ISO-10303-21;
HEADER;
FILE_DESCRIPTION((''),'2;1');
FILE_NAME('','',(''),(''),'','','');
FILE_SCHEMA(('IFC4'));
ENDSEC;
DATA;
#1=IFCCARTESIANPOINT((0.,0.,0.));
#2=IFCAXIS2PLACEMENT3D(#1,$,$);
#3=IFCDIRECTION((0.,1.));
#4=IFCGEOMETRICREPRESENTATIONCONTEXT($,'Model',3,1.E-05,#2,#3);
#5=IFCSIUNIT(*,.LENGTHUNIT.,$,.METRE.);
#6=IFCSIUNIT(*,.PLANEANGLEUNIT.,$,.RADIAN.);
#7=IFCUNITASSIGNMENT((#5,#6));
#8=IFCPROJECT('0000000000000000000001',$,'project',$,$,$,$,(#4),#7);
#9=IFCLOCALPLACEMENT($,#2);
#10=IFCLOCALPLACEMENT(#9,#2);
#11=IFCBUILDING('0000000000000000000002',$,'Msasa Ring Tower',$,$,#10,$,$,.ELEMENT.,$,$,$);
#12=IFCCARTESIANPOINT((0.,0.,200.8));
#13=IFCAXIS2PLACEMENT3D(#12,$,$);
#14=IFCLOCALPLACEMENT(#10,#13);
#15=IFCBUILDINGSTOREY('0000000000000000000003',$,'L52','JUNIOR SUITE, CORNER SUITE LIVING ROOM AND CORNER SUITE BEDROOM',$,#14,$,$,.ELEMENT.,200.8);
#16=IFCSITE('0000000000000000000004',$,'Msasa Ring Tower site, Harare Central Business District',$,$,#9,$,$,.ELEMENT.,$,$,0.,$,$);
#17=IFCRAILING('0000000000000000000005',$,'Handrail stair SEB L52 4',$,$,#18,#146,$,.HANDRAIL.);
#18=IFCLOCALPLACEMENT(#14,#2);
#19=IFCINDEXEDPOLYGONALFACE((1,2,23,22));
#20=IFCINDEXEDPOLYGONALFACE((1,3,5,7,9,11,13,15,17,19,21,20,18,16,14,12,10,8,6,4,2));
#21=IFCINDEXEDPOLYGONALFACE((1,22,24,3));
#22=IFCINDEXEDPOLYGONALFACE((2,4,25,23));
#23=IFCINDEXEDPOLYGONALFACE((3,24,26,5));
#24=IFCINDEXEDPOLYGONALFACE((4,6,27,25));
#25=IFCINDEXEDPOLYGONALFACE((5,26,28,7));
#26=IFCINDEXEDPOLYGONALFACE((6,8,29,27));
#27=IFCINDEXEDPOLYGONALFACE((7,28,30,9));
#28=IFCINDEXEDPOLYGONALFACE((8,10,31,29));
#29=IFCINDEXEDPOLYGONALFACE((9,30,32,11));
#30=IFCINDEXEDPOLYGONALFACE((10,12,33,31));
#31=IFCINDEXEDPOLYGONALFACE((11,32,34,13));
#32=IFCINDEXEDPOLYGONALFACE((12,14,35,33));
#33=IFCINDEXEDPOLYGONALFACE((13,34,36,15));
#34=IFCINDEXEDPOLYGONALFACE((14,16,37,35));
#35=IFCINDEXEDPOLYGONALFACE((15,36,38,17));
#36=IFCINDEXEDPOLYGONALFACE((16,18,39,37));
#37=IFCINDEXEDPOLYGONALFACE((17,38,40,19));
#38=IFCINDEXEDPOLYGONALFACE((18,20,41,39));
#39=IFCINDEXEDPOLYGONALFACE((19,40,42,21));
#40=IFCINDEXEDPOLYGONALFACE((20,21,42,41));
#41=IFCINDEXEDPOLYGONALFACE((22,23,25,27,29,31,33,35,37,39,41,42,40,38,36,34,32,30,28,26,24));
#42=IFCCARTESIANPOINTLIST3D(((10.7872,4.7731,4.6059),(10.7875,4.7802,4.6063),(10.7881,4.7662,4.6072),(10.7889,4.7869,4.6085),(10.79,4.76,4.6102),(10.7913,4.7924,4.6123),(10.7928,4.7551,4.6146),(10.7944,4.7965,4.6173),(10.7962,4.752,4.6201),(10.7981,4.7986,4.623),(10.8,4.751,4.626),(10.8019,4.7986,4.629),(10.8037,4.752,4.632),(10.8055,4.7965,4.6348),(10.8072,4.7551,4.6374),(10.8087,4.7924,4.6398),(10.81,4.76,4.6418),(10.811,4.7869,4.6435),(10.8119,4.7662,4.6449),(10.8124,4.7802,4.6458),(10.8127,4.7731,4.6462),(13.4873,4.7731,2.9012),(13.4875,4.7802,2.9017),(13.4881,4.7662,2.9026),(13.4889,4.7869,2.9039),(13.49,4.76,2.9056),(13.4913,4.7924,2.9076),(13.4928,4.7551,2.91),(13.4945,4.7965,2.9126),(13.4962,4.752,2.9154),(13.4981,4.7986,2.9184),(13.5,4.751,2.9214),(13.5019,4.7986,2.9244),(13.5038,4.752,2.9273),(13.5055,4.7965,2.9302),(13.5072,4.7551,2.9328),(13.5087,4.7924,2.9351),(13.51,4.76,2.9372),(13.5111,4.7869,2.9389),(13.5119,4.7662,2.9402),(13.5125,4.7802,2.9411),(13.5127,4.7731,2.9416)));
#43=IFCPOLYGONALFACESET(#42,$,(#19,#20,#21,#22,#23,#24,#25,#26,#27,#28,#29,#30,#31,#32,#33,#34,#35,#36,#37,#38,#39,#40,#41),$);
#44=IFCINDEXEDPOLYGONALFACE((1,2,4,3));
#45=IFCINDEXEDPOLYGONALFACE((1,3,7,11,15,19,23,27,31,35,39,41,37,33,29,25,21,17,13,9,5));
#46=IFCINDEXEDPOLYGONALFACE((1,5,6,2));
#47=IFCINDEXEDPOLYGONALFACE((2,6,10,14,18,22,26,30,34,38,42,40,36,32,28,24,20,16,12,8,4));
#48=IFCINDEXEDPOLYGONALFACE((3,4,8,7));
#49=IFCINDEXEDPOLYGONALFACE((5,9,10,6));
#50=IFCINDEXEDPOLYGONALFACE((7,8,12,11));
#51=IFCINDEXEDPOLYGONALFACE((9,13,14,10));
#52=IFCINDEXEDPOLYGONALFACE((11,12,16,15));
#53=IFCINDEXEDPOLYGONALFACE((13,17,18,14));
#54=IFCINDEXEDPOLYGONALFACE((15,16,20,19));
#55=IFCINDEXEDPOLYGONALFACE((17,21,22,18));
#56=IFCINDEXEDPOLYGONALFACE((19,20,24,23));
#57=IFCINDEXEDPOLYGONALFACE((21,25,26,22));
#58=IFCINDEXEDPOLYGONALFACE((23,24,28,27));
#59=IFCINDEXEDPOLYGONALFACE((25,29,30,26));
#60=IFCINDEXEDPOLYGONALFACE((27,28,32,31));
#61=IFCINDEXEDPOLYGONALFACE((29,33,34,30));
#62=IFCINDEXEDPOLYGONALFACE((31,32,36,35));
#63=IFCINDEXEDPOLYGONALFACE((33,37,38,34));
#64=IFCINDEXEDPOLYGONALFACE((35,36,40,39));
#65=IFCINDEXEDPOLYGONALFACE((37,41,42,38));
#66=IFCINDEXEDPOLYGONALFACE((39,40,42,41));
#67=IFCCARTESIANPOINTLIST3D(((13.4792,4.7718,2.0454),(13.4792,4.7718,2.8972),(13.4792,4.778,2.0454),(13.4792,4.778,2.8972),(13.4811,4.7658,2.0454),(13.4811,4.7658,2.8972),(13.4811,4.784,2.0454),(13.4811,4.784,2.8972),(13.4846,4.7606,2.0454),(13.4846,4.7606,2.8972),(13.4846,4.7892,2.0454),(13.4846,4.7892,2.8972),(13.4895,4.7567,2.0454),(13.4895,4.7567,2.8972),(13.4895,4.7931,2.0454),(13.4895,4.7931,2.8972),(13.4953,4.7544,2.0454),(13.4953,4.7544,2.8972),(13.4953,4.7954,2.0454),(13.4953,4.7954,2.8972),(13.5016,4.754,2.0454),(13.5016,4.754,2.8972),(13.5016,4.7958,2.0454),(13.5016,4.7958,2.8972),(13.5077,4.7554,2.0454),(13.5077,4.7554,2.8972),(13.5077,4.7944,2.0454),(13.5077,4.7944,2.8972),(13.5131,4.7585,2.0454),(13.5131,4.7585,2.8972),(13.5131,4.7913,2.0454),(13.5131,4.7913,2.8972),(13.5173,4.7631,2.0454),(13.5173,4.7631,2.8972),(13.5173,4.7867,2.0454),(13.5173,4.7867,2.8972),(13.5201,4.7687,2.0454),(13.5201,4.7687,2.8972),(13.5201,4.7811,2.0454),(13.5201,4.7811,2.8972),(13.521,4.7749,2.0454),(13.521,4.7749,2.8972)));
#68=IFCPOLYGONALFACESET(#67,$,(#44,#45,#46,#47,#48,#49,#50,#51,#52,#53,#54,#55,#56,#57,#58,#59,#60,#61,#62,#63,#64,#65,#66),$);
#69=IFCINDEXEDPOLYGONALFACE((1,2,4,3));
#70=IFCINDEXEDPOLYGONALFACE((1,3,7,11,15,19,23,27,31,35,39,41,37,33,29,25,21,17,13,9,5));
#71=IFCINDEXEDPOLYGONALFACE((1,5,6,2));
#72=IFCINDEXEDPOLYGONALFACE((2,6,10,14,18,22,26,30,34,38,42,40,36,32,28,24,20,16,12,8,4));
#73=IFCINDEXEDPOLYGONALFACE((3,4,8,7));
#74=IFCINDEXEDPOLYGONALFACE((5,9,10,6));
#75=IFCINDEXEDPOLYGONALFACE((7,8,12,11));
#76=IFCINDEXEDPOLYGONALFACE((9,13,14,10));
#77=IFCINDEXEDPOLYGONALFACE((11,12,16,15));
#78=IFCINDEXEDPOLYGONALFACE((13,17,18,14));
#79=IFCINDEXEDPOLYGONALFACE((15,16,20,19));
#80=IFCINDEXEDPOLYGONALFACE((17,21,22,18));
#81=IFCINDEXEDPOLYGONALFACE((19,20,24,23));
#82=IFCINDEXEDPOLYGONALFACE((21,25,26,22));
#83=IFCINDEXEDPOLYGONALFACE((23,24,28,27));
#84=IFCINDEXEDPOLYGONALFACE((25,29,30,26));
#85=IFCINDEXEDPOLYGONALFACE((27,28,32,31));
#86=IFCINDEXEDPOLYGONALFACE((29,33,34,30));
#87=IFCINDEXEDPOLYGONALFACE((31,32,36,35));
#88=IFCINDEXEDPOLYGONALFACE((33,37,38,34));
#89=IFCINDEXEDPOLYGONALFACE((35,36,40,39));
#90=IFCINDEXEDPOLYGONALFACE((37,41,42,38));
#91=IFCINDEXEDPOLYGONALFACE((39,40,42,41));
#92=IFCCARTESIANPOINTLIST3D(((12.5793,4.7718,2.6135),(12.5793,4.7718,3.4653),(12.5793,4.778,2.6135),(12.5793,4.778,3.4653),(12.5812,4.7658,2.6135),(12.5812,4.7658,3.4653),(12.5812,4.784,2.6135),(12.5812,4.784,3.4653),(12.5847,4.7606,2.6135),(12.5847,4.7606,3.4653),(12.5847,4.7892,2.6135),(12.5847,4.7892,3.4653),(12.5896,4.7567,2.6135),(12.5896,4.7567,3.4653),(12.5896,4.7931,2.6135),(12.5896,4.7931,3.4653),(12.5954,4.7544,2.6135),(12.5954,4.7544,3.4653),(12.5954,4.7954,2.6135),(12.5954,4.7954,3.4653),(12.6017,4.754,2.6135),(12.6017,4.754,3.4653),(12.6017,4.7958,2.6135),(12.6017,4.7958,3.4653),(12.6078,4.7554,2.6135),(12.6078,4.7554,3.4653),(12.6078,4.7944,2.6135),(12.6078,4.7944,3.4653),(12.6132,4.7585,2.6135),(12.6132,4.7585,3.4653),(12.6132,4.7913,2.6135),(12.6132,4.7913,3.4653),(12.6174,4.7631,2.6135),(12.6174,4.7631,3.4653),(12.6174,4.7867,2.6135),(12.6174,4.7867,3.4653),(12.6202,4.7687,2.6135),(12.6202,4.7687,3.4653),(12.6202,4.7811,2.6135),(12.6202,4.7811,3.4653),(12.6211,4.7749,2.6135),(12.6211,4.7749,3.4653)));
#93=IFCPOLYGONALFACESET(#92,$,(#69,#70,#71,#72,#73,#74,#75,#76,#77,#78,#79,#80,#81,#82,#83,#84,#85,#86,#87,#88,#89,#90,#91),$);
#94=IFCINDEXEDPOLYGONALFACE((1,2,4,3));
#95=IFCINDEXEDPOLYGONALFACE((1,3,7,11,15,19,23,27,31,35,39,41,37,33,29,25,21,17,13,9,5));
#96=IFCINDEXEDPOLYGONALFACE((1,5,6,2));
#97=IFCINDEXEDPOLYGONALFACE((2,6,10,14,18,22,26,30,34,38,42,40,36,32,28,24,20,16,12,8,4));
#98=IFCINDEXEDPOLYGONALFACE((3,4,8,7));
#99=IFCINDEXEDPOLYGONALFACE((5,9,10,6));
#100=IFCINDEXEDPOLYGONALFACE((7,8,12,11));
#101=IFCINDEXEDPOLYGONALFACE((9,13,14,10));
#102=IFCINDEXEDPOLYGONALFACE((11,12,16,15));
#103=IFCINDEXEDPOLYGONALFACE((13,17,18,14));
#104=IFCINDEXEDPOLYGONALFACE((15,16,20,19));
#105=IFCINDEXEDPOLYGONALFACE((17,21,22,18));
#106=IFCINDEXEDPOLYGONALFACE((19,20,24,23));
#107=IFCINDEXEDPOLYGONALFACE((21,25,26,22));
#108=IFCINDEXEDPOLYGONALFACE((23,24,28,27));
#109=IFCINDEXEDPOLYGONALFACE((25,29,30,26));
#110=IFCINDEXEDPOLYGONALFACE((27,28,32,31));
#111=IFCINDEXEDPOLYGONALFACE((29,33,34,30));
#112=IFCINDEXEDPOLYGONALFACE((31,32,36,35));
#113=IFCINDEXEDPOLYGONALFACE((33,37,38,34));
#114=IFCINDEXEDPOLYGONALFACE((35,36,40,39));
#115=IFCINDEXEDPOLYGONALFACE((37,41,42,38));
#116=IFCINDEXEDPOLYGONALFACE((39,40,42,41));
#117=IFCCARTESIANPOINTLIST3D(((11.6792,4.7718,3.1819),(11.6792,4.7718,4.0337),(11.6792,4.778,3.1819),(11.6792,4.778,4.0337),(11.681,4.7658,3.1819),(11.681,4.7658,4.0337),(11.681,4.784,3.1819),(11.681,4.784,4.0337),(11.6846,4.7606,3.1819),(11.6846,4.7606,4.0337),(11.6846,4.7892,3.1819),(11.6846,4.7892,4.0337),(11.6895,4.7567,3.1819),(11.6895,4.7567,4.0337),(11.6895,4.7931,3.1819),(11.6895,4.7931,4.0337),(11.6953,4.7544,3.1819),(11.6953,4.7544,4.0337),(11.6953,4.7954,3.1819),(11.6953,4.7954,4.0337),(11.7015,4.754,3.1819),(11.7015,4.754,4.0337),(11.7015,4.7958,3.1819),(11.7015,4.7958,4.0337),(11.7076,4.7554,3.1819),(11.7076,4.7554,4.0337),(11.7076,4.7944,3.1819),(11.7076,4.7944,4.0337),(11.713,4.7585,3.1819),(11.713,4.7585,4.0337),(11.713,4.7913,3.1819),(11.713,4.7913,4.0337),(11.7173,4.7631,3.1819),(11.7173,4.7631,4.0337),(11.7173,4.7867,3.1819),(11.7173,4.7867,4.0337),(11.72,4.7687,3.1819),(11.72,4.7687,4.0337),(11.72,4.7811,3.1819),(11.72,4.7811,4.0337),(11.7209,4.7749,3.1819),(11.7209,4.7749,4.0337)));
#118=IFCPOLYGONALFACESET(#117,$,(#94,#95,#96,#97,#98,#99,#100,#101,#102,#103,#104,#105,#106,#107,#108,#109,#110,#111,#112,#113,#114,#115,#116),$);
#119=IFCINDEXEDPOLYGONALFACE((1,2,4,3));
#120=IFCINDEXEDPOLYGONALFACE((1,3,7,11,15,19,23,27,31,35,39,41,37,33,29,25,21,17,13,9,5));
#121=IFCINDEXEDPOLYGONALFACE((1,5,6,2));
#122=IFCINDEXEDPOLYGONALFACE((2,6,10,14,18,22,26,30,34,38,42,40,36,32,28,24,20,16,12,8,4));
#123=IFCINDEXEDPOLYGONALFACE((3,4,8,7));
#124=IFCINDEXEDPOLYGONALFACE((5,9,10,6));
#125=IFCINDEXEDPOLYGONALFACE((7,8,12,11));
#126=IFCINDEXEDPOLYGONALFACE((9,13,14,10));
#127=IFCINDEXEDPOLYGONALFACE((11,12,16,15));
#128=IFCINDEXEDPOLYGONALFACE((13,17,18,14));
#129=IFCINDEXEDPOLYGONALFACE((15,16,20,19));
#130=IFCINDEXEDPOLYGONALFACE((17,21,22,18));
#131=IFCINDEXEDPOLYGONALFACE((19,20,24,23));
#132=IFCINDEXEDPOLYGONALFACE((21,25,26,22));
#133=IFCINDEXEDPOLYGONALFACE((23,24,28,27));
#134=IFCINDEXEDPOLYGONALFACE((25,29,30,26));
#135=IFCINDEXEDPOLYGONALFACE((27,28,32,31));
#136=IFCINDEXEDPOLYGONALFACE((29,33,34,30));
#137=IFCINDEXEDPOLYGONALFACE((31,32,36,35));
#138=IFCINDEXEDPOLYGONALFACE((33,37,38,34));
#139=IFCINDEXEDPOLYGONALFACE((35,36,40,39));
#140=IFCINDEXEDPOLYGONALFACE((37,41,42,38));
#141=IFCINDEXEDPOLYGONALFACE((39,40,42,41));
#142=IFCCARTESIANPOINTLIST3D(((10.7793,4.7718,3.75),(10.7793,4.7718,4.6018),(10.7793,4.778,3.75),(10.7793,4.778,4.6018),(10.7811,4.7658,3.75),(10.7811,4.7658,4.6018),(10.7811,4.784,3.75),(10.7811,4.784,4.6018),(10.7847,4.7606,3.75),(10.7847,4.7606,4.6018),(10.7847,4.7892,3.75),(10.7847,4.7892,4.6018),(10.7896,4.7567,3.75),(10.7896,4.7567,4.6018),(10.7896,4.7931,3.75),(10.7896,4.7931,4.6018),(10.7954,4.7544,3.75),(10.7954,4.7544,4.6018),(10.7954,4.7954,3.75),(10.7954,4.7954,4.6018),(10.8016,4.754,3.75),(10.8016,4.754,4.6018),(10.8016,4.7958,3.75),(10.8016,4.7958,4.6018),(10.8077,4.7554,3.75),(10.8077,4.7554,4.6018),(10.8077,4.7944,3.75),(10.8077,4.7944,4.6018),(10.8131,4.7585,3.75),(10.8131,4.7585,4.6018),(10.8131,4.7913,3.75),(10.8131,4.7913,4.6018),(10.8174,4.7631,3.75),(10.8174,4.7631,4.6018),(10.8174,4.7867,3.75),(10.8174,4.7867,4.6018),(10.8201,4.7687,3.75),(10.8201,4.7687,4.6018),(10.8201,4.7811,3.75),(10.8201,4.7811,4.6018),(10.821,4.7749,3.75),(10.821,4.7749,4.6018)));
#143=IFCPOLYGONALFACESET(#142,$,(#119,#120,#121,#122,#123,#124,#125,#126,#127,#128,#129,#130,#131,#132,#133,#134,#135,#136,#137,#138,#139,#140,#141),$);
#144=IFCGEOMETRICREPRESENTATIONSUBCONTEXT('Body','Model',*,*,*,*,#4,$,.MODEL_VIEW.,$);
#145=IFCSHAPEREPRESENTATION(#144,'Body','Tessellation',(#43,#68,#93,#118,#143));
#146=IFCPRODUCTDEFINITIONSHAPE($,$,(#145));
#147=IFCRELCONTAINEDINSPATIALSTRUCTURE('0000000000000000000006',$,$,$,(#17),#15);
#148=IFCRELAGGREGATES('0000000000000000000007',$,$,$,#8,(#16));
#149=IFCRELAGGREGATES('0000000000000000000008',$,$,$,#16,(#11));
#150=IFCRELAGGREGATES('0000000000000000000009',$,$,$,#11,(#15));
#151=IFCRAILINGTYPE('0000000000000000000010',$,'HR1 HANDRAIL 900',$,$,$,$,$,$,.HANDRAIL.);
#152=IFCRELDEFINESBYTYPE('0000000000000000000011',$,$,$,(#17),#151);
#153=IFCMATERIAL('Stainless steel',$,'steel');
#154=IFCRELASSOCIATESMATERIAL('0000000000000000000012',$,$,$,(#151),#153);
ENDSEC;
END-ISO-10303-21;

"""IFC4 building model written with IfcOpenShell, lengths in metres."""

from ifc_helpers import new_model, si_unit, direction, frame, origin, origin_2d, place, context, subcontext, project, spatial, circle, extrude, material, type_object, element, save


model = new_model("IFC4")

# Units and contexts
model_context = context("Model", 3, precision=1e-05, world=origin(), true_north=direction((0.0, 1.0)))
body_context = subcontext(model_context, "Body", "Model", "MODEL_VIEW")
ifc_project = project(units=[si_unit("LENGTHUNIT", "METRE"), si_unit("PLANEANGLEUNIT", "RADIAN")], contexts=[model_context])

# Site, building, storey
site_placement = place(None, origin())
site = spatial("IfcSite", under=ifc_project, at=site_placement, Name="Msasa Ring Tower site, Harare Central Business District", CompositionType="ELEMENT", RefElevation=0.0)
building_placement = place(site_placement, origin())
building = spatial("IfcBuilding", under=site, at=building_placement, Name="Msasa Ring Tower", CompositionType="ELEMENT")
storey_placement = place(building_placement, frame((0.0, 0.0, 200.8)))
storey = spatial("IfcBuildingStorey", under=building, at=storey_placement, Name="L52", Description="JUNIOR SUITE, CORNER SUITE LIVING ROOM AND CORNER SUITE BEDROOM", CompositionType="ELEMENT", Elevation=200.8)

# Railing
ifc_material_1 = material(Name="Stainless steel", Category="steel")
railing_type = type_object("IfcRailingType", Name="HR1 HANDRAIL 900", PredefinedType="HANDRAIL", material=ifc_material_1)
for number, where, name in (
    (1, (13.5, 4.7749, 2.0454), "Handrail stair SEB L52 4"),
):
    element("IfcRailing", number, at=place(storey_placement, frame(where)), inside=storey, type_object=railing_type, Name=name, PredefinedType="HANDRAIL", context=body_context, shape_type="SweptSolid", body=[
        extrude(circle(Radius=0.0239, at=origin_2d()), frame((0.0, 0.0, 0.876), z_axis=(-0.84558, 0.0, 0.533849), x_axis=(0.0, -1.0, 0.0)), (0.0, 0.0, 1.0), 3.1931),
        extrude(circle(Radius=0.021, at=origin_2d()), origin(), (0.0, 0.0, 1.0), 0.8518),
        extrude(circle(Radius=0.021, at=origin_2d()), frame((-0.8999, 0.0, 0.5681)), (0.0, 0.0, 1.0), 0.8518),
        extrude(circle(Radius=0.021, at=origin_2d()), frame((-1.8, 0.0, 1.1365)), (0.0, 0.0, 1.0), 0.8518),
        extrude(circle(Radius=0.021, at=origin_2d()), frame((-2.7, 0.0, 1.7046)), (0.0, 0.0, 1.0), 0.8518),
    ])

save(model, "model.ifc")
